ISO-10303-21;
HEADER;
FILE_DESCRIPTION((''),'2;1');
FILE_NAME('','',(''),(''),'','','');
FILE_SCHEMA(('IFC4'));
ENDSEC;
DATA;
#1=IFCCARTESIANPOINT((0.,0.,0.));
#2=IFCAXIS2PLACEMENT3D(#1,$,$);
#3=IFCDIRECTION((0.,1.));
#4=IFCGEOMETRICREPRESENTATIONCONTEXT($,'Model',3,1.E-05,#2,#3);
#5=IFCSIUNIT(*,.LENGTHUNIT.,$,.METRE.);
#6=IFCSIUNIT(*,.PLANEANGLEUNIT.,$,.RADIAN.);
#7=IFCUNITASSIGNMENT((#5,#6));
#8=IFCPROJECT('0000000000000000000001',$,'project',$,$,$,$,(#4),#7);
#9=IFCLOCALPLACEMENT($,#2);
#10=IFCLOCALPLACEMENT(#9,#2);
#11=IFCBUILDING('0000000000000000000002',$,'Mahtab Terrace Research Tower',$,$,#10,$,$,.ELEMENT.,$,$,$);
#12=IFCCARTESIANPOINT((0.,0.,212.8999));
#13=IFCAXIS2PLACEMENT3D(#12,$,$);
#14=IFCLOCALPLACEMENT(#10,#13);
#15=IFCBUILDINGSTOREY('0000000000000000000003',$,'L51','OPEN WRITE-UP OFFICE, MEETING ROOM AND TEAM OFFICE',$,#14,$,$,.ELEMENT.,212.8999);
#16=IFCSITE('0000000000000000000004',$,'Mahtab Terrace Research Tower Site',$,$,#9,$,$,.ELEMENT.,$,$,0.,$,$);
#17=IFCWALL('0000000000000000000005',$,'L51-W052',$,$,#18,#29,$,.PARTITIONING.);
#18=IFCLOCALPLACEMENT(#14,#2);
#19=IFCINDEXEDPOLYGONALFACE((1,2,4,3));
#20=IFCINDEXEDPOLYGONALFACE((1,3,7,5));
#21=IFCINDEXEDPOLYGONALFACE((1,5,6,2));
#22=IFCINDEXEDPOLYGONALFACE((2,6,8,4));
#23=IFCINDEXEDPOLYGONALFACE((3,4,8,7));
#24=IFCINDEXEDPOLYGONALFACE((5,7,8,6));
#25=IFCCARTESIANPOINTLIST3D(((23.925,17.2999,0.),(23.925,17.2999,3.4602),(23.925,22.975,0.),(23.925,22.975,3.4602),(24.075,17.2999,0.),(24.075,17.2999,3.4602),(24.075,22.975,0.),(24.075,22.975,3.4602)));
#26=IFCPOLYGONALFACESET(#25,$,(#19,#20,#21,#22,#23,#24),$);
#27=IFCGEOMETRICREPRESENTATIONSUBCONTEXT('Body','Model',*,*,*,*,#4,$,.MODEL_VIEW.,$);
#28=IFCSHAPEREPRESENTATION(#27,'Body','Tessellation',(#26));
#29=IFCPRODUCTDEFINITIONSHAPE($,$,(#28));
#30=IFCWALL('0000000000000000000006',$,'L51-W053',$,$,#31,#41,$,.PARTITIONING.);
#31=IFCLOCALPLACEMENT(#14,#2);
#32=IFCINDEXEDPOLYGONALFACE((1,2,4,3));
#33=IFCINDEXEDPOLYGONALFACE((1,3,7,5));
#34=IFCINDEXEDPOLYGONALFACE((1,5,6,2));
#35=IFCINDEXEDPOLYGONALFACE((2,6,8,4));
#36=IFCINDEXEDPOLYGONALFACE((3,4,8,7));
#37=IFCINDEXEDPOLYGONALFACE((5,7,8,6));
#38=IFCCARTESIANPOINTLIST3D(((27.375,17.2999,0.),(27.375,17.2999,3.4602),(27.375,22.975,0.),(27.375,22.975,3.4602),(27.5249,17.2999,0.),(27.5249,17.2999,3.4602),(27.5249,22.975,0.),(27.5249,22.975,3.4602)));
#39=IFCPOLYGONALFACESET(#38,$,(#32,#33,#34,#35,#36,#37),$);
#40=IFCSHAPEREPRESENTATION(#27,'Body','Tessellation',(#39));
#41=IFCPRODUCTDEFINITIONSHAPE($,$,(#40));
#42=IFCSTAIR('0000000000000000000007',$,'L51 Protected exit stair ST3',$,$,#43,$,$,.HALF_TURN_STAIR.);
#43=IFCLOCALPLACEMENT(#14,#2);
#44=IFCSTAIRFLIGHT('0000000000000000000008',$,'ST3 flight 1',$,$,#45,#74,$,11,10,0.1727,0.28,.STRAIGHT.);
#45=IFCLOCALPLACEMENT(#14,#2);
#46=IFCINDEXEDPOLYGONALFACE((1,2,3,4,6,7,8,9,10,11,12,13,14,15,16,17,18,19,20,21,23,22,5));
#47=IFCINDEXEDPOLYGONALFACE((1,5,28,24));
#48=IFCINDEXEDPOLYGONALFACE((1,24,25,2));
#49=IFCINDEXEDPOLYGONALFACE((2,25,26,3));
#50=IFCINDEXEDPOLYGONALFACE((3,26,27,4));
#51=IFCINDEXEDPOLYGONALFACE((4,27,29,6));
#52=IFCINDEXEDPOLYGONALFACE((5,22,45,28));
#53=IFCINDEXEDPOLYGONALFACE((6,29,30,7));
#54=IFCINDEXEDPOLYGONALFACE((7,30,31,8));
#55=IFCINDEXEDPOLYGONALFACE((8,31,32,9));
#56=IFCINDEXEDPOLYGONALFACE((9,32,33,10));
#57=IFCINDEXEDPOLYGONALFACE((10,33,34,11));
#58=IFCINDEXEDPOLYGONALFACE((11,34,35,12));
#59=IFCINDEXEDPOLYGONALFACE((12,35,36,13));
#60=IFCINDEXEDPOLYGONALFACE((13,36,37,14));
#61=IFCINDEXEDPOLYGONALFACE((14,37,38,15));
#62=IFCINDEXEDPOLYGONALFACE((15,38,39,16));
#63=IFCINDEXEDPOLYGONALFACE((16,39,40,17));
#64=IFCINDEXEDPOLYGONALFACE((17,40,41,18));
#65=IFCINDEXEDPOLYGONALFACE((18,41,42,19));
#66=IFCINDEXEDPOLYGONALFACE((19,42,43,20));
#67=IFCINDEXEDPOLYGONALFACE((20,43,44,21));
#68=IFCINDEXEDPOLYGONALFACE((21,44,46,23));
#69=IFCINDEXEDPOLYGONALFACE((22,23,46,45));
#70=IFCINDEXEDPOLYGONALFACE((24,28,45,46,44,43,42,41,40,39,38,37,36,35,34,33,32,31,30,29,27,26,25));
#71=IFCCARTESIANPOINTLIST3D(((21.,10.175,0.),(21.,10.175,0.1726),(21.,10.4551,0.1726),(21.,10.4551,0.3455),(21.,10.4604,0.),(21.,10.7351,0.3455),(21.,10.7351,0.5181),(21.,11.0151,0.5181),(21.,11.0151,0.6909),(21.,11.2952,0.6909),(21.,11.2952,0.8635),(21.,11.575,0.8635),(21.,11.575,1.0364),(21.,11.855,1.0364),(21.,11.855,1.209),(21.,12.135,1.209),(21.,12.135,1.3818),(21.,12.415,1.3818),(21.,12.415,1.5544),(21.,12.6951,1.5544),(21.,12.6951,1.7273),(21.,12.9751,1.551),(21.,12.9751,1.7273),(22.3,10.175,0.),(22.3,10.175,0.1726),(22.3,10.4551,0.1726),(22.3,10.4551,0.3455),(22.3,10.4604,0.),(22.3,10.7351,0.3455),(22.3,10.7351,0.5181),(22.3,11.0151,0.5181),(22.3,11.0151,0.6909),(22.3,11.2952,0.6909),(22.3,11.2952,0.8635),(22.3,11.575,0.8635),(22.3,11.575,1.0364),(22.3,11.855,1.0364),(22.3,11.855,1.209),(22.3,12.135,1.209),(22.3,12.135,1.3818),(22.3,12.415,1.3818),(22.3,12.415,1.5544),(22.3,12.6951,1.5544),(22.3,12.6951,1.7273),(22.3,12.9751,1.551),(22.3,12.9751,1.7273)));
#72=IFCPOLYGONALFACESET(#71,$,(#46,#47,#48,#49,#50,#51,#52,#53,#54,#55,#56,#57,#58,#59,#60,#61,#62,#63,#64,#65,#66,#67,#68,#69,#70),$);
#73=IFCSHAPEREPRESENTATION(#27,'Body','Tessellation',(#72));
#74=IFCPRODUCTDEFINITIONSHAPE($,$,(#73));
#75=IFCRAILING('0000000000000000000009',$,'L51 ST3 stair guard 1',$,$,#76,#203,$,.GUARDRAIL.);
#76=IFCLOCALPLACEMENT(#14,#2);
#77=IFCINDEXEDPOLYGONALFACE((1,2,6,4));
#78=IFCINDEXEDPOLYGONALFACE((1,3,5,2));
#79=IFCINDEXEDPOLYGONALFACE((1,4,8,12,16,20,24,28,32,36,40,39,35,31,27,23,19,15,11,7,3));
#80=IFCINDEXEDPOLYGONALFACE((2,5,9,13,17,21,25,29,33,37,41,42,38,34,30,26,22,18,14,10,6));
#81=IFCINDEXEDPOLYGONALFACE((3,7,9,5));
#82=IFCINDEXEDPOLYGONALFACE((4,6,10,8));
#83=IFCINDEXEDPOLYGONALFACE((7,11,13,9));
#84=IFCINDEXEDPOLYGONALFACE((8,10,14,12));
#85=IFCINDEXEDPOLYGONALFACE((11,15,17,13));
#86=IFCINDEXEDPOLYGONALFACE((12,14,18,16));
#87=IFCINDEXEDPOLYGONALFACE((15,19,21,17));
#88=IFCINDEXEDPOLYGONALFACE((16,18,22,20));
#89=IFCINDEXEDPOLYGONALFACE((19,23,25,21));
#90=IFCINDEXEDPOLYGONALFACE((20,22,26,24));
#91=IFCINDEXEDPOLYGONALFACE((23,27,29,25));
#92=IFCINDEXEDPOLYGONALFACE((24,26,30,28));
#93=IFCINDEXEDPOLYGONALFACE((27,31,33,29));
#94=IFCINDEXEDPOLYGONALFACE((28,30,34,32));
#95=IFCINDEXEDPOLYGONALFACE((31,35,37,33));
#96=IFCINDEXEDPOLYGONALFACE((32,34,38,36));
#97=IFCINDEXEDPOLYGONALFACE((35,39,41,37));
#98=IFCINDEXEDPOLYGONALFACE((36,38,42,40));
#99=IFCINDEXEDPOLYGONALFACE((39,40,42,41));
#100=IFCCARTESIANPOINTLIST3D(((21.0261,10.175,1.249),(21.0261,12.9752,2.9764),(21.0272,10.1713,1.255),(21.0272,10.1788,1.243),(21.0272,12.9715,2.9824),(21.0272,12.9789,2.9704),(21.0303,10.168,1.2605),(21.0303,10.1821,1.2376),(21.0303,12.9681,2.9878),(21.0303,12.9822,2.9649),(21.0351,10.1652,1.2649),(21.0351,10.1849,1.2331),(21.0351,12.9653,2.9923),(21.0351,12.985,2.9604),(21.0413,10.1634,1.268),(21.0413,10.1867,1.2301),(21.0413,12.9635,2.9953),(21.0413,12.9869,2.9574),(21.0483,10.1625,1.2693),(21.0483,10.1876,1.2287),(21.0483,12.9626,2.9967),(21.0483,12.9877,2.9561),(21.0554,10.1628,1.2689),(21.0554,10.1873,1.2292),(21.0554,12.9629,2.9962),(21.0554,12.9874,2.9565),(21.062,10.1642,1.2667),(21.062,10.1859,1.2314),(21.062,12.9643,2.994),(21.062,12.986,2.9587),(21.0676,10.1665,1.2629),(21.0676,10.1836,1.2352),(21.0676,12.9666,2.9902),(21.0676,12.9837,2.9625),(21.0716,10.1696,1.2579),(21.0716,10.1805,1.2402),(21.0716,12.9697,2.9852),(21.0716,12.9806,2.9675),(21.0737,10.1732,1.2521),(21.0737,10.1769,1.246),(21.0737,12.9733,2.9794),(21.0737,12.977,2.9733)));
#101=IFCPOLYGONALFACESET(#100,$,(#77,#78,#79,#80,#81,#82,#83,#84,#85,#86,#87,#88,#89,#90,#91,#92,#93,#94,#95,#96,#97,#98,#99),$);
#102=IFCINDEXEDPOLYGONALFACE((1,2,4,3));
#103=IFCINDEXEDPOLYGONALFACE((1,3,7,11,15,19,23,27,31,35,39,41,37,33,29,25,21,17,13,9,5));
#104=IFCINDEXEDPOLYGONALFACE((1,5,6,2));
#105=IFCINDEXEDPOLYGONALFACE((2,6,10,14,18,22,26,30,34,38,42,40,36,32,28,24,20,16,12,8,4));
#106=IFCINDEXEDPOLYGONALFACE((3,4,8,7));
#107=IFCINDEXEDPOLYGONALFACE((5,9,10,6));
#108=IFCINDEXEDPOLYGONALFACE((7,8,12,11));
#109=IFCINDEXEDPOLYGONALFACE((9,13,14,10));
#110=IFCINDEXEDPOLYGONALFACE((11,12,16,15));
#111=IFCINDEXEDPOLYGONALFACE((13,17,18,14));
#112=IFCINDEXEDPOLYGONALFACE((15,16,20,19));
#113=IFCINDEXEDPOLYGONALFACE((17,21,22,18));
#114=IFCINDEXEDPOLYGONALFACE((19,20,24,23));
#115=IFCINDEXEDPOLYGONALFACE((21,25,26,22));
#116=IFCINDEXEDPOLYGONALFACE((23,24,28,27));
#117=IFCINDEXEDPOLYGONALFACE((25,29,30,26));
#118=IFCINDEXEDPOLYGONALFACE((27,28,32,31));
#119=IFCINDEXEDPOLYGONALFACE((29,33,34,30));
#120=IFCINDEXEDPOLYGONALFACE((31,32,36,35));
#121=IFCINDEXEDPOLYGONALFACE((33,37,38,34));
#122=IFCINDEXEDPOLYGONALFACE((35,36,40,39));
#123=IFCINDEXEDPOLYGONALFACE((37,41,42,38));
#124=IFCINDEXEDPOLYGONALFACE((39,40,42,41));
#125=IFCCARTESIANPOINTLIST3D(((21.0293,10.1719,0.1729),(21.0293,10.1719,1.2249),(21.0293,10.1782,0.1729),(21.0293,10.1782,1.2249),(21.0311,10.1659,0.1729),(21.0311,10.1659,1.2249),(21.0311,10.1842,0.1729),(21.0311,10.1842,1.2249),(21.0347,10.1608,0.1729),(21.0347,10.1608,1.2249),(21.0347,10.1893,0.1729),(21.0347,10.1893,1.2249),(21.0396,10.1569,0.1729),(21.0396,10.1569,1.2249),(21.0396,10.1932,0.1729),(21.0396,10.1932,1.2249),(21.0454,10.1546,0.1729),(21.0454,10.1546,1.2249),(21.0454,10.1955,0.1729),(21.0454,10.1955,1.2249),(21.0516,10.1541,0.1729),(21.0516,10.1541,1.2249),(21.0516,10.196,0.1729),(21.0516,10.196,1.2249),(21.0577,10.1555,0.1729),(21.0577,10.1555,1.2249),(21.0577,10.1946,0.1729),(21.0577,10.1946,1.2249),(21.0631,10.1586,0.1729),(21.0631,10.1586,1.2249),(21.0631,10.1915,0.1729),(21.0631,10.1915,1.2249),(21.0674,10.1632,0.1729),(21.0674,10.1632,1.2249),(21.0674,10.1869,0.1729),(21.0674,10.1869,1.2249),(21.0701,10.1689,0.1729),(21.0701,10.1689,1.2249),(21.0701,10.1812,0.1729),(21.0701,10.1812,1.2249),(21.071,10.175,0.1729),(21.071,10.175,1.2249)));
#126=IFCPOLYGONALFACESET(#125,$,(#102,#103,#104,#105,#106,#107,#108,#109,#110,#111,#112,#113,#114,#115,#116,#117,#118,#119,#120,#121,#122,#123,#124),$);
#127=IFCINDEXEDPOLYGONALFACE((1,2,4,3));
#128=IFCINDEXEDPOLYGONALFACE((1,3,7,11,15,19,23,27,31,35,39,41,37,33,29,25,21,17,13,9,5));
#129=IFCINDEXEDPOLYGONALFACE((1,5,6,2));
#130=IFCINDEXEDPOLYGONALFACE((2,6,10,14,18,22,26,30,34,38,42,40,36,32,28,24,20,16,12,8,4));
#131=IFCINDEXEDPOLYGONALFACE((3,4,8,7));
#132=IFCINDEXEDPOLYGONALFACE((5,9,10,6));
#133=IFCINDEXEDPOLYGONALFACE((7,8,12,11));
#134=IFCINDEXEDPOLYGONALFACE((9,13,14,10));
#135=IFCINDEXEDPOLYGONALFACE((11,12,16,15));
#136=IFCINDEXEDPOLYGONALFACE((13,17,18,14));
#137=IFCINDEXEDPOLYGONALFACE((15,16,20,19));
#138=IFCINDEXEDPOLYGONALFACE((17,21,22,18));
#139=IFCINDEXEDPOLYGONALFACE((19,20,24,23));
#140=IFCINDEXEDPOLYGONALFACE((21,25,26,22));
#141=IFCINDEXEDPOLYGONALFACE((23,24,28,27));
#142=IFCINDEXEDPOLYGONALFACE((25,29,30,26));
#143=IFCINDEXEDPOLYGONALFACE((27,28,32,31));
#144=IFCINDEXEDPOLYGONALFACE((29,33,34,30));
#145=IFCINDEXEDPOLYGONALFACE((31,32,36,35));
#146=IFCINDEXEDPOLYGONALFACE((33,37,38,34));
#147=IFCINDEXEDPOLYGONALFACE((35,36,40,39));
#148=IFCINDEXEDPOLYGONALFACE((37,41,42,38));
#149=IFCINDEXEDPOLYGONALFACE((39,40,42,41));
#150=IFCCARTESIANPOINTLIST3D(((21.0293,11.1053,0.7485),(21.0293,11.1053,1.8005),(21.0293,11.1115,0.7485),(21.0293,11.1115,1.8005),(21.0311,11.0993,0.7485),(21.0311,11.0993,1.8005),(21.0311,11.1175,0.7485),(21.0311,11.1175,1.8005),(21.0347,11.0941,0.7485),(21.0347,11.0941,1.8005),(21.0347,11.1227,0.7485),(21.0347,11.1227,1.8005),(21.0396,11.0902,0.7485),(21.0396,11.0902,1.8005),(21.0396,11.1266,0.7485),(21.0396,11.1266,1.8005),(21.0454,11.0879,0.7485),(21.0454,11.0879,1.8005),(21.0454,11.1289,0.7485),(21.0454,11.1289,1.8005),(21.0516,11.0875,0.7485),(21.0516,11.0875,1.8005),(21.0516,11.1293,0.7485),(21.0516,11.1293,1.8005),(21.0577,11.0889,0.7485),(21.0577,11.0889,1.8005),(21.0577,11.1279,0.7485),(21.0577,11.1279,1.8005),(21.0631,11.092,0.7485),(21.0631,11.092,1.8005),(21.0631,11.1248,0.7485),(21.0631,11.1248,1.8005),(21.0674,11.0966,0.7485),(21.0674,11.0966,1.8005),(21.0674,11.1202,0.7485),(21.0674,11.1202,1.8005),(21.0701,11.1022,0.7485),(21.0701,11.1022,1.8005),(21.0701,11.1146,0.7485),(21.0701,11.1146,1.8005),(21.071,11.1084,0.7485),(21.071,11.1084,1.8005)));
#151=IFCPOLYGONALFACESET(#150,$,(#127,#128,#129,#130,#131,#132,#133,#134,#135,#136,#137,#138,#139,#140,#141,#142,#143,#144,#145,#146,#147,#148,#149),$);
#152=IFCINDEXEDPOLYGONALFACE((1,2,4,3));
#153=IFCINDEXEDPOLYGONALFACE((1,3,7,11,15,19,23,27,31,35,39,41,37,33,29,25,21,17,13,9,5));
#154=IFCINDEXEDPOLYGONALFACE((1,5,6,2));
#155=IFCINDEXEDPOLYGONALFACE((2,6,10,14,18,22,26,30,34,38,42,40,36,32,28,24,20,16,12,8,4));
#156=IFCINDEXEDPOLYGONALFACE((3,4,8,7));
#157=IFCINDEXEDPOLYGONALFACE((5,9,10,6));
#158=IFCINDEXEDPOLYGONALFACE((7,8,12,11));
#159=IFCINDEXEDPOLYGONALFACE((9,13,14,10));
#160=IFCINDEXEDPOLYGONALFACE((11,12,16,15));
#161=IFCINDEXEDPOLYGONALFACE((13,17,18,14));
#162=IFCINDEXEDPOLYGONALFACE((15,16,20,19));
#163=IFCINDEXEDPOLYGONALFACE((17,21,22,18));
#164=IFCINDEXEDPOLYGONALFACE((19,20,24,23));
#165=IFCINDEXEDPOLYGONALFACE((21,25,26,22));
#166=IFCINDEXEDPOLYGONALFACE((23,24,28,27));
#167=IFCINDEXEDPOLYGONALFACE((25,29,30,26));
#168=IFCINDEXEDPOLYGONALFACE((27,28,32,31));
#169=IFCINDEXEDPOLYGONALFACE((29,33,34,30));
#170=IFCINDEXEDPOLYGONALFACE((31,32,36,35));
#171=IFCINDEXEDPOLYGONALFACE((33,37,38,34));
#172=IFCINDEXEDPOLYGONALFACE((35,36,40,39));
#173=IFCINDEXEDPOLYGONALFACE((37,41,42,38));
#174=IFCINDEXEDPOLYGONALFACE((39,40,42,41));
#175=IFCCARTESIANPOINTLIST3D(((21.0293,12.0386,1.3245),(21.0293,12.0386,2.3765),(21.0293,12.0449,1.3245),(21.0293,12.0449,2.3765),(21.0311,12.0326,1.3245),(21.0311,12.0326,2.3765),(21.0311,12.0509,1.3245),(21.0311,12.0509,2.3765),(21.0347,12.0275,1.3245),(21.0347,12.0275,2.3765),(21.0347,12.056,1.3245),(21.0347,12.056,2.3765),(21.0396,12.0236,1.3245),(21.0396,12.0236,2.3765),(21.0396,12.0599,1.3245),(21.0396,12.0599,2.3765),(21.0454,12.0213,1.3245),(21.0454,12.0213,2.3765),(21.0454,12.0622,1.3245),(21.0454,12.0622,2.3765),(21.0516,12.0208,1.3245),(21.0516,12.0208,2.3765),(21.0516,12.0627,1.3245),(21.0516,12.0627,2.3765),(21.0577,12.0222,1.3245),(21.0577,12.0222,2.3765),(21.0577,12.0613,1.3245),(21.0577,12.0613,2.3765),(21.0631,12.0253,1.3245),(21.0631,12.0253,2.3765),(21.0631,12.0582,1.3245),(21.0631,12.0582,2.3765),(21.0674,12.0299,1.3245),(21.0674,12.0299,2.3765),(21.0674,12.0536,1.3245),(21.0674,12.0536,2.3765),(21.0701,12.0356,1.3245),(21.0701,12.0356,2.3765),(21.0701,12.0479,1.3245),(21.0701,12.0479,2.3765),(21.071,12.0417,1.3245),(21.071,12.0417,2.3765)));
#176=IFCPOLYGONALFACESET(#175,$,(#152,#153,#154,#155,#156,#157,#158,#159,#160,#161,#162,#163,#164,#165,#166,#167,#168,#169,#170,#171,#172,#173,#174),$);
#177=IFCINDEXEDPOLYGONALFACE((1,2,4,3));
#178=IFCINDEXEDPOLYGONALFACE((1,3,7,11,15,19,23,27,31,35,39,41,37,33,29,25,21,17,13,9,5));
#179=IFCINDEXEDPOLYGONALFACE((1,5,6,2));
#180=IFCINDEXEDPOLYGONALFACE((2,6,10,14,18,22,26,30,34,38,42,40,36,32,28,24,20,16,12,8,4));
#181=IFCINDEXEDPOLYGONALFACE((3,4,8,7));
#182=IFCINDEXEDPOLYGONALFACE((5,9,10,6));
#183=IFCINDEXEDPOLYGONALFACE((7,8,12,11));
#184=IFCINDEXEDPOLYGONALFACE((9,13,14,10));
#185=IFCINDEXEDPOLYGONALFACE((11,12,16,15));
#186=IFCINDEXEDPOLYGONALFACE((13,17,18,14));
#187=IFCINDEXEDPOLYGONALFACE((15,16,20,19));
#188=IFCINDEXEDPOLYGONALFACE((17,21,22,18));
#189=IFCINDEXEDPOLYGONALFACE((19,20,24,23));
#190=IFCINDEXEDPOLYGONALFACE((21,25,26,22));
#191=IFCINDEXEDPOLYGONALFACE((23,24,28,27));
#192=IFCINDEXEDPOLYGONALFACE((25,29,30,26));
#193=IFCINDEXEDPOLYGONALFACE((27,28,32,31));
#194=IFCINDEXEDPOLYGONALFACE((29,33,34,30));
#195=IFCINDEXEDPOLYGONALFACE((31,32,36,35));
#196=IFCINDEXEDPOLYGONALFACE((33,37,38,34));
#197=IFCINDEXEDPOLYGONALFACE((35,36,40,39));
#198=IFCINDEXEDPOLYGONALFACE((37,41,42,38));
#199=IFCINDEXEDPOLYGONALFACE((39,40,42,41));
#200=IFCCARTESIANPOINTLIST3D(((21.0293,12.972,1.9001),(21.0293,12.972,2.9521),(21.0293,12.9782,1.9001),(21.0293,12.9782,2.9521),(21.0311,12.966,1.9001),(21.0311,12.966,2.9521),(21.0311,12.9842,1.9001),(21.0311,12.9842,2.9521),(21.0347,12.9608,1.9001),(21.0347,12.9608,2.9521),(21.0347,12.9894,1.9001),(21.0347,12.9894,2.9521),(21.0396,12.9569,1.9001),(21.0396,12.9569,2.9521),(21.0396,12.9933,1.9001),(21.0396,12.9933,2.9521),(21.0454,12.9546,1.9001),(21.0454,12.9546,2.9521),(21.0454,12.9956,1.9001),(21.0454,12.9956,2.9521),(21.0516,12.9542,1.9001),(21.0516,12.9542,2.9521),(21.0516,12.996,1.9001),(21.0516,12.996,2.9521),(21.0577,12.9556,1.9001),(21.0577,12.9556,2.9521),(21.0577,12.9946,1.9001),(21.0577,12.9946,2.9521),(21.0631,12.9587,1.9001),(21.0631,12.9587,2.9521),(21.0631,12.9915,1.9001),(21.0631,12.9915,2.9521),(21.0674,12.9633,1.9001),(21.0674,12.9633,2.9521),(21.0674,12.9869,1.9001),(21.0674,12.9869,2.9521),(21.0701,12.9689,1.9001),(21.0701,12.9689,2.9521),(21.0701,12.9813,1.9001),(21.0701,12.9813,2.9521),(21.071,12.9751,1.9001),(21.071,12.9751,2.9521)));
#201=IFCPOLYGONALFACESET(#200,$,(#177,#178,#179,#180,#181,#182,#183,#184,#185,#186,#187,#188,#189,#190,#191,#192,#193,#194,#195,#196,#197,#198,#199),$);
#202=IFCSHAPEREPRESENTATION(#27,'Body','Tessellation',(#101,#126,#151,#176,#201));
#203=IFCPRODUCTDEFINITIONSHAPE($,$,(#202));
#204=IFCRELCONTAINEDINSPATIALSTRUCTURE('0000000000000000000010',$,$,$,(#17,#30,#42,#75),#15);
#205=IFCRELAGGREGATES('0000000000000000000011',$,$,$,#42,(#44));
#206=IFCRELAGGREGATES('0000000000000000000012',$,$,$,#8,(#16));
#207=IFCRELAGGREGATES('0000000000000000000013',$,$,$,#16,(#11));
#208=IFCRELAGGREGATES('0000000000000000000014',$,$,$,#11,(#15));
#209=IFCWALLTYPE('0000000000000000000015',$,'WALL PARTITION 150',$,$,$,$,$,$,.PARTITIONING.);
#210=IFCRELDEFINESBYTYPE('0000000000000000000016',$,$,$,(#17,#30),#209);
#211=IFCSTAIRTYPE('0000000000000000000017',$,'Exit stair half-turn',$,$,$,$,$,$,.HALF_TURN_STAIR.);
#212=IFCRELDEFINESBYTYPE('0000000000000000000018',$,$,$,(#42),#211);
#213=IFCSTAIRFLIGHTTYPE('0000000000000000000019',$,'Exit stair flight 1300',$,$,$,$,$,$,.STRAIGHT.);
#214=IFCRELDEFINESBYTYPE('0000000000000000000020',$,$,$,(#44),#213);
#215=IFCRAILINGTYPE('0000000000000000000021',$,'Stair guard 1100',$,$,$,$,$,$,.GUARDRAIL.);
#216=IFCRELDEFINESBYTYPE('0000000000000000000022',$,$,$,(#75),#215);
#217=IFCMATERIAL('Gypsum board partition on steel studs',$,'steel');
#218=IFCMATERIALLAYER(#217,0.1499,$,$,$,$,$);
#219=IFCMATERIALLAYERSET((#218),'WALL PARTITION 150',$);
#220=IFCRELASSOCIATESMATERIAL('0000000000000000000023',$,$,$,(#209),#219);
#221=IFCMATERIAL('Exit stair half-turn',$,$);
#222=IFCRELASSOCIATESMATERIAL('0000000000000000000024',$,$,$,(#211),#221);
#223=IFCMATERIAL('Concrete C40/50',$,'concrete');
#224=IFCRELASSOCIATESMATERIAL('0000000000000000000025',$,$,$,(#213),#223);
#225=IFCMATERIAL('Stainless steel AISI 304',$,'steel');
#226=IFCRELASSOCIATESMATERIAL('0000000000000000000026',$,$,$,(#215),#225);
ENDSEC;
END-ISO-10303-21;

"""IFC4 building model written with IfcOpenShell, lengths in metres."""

from ifc_helpers import new_model, si_unit, direction, frame, frame_2d, origin, origin_2d, place, context, subcontext, project, spatial, polyline, rectangle, circle, outline, extrude, material, layer, layer_set, type_object, element, aggregate, save


model = new_model("IFC4")

# Units and contexts
model_context = context("Model", 3, precision=1e-05, world=origin(), true_north=direction((0.0, 1.0)))
body_context = subcontext(model_context, "Body", "Model", "MODEL_VIEW")
ifc_project = project(units=[si_unit("LENGTHUNIT", "METRE"), si_unit("PLANEANGLEUNIT", "RADIAN")], contexts=[model_context])

# Site, building, storey
site_placement = place(None, origin())
site = spatial("IfcSite", under=ifc_project, at=site_placement, Name="Mahtab Terrace Research Tower Site", CompositionType="ELEMENT", RefElevation=0.0)
building_placement = place(site_placement, origin())
building = spatial("IfcBuilding", under=site, at=building_placement, Name="Mahtab Terrace Research Tower", CompositionType="ELEMENT")
storey_placement = place(building_placement, frame((0.0, 0.0, 212.8999)))
storey = spatial("IfcBuildingStorey", under=building, at=storey_placement, Name="L51", Description="OPEN WRITE-UP OFFICE, MEETING ROOM AND TEAM OFFICE", CompositionType="ELEMENT", Elevation=212.8999)

# Shared definitions
ifc_material_1 = material(Name="Stainless steel AISI 304", Category="steel")

# Walls
ifc_material_2 = material(Name="Gypsum board partition on steel studs", Category="steel")
ifc_layer_1 = layer(ifc_material_2, 0.1499)
ifc_layer_set_1 = layer_set([ifc_layer_1], Name="WALL PARTITION 150")
wall_type_1 = type_object("IfcWallType", Name="WALL PARTITION 150", PredefinedType="PARTITIONING", material=ifc_layer_set_1)
for number, where, z_axis, x_axis, name in (
    (1, (24.0, 17.3, 0.0), (0.0, 0.0, 1.0), (0.0, 1.0, 0.0), "L51-W052"),
    (2, (27.45, 17.3, 0.0), (0.0, 0.0, 1.0), (0.0, 1.0, 0.0), "L51-W053"),
):
    element("IfcWall", number, at=place(storey_placement, frame(where, z_axis=z_axis, x_axis=x_axis)), inside=storey, type_object=wall_type_1, Name=name, PredefinedType="PARTITIONING", context=body_context, shape_type="SweptSolid", body=[
        extrude(rectangle(XDim=5.675, YDim=0.1499, at=frame_2d((2.8374, 0.0))), origin(), (0.0, 0.0, 1.0), 3.4602),
    ])

# Stair, stair flight
ifc_material_3 = material(Name="Exit stair half-turn")
stair_type = type_object("IfcStairType", Name="Exit stair half-turn", PredefinedType="HALF_TURN_STAIR", material=ifc_material_3)
stair_placement = place(storey_placement, origin())
stair = element("IfcStair", 3, at=stair_placement, inside=storey, type_object=stair_type, Name="L51 Protected exit stair ST3", PredefinedType="HALF_TURN_STAIR")
ifc_material_4 = material(Name="Concrete C40/50", Category="concrete")
stair_flight_type = type_object("IfcStairFlightType", Name="Exit stair flight 1300", PredefinedType="STRAIGHT", material=ifc_material_4)
stair_flight_placement = place(storey_placement, frame((21.6499, 10.175, 0.0), z_axis=(0.0, 0.0, 1.0), x_axis=(0.0, 1.0, 0.0)))
stair_flight = element("IfcStairFlight", 4, at=stair_flight_placement, type_object=stair_flight_type, Name="ST3 flight 1", NumberOfRisers=11, NumberOfTreads=10, PredefinedType="STRAIGHT", RiserHeight=0.1727, TreadLength=0.28, context=body_context, shape_type="SweptSolid", body=[
    extrude(outline(polyline([(0.0, 0.0), (0.0, 0.1726), (0.28, 0.1726), (0.28, 0.3455), (0.5601, 0.3455), (0.5601, 0.5181), (0.8401, 0.5181), (0.8401, 0.6909), (1.1201, 0.6909), (1.1201, 0.8635), (1.3999, 0.8635), (1.3999, 1.0364), (1.6799, 1.0364), (1.6799, 1.209), (1.96, 1.209), (1.96, 1.3818), (2.24, 1.3818), (2.24, 1.5544), (2.52, 1.5544), (2.52, 1.7273), (2.8, 1.7273), (2.8, 1.8999), (2.8, 1.551), (0.2854, 0.0), (0.0, 0.0)])), frame((0.0, 0.6499, 0.0), z_axis=(0.0, -1.0, 0.0), x_axis=(1.0, 0.0, 0.0)), (0.0, 0.0, 1.0), 1.3),
])
aggregate(stair, [stair_flight])

# Railing
railing_type_1 = type_object("IfcRailingType", Name="Stair guard 1100", PredefinedType="GUARDRAIL", material=ifc_material_1)
railing_1_placement = place(storey_placement, frame((21.05, 10.175, 0.1729)))
element("IfcRailing", 5, at=railing_1_placement, inside=storey, type_object=railing_type_1, Name="L51 ST3 stair guard 1", PredefinedType="GUARDRAIL", context=body_context, shape_type="SweptSolid", body=[
    extrude(circle(Radius=0.0239, at=origin_2d()), frame((0.0, 0.0, 1.0762), z_axis=(0.0, 0.85109, 0.52502), x_axis=(-1.0, 0.0, 0.0)), (0.0, 0.0, 1.0), 3.29),
    extrude(circle(Radius=0.021, at=origin_2d()), origin(), (0.0, 0.0, 1.0), 1.052),
    extrude(circle(Radius=0.021, at=origin_2d()), frame((0.0, 0.9333, 0.5757)), (0.0, 0.0, 1.0), 1.052),
    extrude(circle(Radius=0.021, at=origin_2d()), frame((0.0, 1.8667, 1.1516)), (0.0, 0.0, 1.0), 1.052),
    extrude(circle(Radius=0.021, at=origin_2d()), frame((0.0, 2.8, 1.7273)), (0.0, 0.0, 1.0), 1.052),
])

save(model, "model.ifc")
